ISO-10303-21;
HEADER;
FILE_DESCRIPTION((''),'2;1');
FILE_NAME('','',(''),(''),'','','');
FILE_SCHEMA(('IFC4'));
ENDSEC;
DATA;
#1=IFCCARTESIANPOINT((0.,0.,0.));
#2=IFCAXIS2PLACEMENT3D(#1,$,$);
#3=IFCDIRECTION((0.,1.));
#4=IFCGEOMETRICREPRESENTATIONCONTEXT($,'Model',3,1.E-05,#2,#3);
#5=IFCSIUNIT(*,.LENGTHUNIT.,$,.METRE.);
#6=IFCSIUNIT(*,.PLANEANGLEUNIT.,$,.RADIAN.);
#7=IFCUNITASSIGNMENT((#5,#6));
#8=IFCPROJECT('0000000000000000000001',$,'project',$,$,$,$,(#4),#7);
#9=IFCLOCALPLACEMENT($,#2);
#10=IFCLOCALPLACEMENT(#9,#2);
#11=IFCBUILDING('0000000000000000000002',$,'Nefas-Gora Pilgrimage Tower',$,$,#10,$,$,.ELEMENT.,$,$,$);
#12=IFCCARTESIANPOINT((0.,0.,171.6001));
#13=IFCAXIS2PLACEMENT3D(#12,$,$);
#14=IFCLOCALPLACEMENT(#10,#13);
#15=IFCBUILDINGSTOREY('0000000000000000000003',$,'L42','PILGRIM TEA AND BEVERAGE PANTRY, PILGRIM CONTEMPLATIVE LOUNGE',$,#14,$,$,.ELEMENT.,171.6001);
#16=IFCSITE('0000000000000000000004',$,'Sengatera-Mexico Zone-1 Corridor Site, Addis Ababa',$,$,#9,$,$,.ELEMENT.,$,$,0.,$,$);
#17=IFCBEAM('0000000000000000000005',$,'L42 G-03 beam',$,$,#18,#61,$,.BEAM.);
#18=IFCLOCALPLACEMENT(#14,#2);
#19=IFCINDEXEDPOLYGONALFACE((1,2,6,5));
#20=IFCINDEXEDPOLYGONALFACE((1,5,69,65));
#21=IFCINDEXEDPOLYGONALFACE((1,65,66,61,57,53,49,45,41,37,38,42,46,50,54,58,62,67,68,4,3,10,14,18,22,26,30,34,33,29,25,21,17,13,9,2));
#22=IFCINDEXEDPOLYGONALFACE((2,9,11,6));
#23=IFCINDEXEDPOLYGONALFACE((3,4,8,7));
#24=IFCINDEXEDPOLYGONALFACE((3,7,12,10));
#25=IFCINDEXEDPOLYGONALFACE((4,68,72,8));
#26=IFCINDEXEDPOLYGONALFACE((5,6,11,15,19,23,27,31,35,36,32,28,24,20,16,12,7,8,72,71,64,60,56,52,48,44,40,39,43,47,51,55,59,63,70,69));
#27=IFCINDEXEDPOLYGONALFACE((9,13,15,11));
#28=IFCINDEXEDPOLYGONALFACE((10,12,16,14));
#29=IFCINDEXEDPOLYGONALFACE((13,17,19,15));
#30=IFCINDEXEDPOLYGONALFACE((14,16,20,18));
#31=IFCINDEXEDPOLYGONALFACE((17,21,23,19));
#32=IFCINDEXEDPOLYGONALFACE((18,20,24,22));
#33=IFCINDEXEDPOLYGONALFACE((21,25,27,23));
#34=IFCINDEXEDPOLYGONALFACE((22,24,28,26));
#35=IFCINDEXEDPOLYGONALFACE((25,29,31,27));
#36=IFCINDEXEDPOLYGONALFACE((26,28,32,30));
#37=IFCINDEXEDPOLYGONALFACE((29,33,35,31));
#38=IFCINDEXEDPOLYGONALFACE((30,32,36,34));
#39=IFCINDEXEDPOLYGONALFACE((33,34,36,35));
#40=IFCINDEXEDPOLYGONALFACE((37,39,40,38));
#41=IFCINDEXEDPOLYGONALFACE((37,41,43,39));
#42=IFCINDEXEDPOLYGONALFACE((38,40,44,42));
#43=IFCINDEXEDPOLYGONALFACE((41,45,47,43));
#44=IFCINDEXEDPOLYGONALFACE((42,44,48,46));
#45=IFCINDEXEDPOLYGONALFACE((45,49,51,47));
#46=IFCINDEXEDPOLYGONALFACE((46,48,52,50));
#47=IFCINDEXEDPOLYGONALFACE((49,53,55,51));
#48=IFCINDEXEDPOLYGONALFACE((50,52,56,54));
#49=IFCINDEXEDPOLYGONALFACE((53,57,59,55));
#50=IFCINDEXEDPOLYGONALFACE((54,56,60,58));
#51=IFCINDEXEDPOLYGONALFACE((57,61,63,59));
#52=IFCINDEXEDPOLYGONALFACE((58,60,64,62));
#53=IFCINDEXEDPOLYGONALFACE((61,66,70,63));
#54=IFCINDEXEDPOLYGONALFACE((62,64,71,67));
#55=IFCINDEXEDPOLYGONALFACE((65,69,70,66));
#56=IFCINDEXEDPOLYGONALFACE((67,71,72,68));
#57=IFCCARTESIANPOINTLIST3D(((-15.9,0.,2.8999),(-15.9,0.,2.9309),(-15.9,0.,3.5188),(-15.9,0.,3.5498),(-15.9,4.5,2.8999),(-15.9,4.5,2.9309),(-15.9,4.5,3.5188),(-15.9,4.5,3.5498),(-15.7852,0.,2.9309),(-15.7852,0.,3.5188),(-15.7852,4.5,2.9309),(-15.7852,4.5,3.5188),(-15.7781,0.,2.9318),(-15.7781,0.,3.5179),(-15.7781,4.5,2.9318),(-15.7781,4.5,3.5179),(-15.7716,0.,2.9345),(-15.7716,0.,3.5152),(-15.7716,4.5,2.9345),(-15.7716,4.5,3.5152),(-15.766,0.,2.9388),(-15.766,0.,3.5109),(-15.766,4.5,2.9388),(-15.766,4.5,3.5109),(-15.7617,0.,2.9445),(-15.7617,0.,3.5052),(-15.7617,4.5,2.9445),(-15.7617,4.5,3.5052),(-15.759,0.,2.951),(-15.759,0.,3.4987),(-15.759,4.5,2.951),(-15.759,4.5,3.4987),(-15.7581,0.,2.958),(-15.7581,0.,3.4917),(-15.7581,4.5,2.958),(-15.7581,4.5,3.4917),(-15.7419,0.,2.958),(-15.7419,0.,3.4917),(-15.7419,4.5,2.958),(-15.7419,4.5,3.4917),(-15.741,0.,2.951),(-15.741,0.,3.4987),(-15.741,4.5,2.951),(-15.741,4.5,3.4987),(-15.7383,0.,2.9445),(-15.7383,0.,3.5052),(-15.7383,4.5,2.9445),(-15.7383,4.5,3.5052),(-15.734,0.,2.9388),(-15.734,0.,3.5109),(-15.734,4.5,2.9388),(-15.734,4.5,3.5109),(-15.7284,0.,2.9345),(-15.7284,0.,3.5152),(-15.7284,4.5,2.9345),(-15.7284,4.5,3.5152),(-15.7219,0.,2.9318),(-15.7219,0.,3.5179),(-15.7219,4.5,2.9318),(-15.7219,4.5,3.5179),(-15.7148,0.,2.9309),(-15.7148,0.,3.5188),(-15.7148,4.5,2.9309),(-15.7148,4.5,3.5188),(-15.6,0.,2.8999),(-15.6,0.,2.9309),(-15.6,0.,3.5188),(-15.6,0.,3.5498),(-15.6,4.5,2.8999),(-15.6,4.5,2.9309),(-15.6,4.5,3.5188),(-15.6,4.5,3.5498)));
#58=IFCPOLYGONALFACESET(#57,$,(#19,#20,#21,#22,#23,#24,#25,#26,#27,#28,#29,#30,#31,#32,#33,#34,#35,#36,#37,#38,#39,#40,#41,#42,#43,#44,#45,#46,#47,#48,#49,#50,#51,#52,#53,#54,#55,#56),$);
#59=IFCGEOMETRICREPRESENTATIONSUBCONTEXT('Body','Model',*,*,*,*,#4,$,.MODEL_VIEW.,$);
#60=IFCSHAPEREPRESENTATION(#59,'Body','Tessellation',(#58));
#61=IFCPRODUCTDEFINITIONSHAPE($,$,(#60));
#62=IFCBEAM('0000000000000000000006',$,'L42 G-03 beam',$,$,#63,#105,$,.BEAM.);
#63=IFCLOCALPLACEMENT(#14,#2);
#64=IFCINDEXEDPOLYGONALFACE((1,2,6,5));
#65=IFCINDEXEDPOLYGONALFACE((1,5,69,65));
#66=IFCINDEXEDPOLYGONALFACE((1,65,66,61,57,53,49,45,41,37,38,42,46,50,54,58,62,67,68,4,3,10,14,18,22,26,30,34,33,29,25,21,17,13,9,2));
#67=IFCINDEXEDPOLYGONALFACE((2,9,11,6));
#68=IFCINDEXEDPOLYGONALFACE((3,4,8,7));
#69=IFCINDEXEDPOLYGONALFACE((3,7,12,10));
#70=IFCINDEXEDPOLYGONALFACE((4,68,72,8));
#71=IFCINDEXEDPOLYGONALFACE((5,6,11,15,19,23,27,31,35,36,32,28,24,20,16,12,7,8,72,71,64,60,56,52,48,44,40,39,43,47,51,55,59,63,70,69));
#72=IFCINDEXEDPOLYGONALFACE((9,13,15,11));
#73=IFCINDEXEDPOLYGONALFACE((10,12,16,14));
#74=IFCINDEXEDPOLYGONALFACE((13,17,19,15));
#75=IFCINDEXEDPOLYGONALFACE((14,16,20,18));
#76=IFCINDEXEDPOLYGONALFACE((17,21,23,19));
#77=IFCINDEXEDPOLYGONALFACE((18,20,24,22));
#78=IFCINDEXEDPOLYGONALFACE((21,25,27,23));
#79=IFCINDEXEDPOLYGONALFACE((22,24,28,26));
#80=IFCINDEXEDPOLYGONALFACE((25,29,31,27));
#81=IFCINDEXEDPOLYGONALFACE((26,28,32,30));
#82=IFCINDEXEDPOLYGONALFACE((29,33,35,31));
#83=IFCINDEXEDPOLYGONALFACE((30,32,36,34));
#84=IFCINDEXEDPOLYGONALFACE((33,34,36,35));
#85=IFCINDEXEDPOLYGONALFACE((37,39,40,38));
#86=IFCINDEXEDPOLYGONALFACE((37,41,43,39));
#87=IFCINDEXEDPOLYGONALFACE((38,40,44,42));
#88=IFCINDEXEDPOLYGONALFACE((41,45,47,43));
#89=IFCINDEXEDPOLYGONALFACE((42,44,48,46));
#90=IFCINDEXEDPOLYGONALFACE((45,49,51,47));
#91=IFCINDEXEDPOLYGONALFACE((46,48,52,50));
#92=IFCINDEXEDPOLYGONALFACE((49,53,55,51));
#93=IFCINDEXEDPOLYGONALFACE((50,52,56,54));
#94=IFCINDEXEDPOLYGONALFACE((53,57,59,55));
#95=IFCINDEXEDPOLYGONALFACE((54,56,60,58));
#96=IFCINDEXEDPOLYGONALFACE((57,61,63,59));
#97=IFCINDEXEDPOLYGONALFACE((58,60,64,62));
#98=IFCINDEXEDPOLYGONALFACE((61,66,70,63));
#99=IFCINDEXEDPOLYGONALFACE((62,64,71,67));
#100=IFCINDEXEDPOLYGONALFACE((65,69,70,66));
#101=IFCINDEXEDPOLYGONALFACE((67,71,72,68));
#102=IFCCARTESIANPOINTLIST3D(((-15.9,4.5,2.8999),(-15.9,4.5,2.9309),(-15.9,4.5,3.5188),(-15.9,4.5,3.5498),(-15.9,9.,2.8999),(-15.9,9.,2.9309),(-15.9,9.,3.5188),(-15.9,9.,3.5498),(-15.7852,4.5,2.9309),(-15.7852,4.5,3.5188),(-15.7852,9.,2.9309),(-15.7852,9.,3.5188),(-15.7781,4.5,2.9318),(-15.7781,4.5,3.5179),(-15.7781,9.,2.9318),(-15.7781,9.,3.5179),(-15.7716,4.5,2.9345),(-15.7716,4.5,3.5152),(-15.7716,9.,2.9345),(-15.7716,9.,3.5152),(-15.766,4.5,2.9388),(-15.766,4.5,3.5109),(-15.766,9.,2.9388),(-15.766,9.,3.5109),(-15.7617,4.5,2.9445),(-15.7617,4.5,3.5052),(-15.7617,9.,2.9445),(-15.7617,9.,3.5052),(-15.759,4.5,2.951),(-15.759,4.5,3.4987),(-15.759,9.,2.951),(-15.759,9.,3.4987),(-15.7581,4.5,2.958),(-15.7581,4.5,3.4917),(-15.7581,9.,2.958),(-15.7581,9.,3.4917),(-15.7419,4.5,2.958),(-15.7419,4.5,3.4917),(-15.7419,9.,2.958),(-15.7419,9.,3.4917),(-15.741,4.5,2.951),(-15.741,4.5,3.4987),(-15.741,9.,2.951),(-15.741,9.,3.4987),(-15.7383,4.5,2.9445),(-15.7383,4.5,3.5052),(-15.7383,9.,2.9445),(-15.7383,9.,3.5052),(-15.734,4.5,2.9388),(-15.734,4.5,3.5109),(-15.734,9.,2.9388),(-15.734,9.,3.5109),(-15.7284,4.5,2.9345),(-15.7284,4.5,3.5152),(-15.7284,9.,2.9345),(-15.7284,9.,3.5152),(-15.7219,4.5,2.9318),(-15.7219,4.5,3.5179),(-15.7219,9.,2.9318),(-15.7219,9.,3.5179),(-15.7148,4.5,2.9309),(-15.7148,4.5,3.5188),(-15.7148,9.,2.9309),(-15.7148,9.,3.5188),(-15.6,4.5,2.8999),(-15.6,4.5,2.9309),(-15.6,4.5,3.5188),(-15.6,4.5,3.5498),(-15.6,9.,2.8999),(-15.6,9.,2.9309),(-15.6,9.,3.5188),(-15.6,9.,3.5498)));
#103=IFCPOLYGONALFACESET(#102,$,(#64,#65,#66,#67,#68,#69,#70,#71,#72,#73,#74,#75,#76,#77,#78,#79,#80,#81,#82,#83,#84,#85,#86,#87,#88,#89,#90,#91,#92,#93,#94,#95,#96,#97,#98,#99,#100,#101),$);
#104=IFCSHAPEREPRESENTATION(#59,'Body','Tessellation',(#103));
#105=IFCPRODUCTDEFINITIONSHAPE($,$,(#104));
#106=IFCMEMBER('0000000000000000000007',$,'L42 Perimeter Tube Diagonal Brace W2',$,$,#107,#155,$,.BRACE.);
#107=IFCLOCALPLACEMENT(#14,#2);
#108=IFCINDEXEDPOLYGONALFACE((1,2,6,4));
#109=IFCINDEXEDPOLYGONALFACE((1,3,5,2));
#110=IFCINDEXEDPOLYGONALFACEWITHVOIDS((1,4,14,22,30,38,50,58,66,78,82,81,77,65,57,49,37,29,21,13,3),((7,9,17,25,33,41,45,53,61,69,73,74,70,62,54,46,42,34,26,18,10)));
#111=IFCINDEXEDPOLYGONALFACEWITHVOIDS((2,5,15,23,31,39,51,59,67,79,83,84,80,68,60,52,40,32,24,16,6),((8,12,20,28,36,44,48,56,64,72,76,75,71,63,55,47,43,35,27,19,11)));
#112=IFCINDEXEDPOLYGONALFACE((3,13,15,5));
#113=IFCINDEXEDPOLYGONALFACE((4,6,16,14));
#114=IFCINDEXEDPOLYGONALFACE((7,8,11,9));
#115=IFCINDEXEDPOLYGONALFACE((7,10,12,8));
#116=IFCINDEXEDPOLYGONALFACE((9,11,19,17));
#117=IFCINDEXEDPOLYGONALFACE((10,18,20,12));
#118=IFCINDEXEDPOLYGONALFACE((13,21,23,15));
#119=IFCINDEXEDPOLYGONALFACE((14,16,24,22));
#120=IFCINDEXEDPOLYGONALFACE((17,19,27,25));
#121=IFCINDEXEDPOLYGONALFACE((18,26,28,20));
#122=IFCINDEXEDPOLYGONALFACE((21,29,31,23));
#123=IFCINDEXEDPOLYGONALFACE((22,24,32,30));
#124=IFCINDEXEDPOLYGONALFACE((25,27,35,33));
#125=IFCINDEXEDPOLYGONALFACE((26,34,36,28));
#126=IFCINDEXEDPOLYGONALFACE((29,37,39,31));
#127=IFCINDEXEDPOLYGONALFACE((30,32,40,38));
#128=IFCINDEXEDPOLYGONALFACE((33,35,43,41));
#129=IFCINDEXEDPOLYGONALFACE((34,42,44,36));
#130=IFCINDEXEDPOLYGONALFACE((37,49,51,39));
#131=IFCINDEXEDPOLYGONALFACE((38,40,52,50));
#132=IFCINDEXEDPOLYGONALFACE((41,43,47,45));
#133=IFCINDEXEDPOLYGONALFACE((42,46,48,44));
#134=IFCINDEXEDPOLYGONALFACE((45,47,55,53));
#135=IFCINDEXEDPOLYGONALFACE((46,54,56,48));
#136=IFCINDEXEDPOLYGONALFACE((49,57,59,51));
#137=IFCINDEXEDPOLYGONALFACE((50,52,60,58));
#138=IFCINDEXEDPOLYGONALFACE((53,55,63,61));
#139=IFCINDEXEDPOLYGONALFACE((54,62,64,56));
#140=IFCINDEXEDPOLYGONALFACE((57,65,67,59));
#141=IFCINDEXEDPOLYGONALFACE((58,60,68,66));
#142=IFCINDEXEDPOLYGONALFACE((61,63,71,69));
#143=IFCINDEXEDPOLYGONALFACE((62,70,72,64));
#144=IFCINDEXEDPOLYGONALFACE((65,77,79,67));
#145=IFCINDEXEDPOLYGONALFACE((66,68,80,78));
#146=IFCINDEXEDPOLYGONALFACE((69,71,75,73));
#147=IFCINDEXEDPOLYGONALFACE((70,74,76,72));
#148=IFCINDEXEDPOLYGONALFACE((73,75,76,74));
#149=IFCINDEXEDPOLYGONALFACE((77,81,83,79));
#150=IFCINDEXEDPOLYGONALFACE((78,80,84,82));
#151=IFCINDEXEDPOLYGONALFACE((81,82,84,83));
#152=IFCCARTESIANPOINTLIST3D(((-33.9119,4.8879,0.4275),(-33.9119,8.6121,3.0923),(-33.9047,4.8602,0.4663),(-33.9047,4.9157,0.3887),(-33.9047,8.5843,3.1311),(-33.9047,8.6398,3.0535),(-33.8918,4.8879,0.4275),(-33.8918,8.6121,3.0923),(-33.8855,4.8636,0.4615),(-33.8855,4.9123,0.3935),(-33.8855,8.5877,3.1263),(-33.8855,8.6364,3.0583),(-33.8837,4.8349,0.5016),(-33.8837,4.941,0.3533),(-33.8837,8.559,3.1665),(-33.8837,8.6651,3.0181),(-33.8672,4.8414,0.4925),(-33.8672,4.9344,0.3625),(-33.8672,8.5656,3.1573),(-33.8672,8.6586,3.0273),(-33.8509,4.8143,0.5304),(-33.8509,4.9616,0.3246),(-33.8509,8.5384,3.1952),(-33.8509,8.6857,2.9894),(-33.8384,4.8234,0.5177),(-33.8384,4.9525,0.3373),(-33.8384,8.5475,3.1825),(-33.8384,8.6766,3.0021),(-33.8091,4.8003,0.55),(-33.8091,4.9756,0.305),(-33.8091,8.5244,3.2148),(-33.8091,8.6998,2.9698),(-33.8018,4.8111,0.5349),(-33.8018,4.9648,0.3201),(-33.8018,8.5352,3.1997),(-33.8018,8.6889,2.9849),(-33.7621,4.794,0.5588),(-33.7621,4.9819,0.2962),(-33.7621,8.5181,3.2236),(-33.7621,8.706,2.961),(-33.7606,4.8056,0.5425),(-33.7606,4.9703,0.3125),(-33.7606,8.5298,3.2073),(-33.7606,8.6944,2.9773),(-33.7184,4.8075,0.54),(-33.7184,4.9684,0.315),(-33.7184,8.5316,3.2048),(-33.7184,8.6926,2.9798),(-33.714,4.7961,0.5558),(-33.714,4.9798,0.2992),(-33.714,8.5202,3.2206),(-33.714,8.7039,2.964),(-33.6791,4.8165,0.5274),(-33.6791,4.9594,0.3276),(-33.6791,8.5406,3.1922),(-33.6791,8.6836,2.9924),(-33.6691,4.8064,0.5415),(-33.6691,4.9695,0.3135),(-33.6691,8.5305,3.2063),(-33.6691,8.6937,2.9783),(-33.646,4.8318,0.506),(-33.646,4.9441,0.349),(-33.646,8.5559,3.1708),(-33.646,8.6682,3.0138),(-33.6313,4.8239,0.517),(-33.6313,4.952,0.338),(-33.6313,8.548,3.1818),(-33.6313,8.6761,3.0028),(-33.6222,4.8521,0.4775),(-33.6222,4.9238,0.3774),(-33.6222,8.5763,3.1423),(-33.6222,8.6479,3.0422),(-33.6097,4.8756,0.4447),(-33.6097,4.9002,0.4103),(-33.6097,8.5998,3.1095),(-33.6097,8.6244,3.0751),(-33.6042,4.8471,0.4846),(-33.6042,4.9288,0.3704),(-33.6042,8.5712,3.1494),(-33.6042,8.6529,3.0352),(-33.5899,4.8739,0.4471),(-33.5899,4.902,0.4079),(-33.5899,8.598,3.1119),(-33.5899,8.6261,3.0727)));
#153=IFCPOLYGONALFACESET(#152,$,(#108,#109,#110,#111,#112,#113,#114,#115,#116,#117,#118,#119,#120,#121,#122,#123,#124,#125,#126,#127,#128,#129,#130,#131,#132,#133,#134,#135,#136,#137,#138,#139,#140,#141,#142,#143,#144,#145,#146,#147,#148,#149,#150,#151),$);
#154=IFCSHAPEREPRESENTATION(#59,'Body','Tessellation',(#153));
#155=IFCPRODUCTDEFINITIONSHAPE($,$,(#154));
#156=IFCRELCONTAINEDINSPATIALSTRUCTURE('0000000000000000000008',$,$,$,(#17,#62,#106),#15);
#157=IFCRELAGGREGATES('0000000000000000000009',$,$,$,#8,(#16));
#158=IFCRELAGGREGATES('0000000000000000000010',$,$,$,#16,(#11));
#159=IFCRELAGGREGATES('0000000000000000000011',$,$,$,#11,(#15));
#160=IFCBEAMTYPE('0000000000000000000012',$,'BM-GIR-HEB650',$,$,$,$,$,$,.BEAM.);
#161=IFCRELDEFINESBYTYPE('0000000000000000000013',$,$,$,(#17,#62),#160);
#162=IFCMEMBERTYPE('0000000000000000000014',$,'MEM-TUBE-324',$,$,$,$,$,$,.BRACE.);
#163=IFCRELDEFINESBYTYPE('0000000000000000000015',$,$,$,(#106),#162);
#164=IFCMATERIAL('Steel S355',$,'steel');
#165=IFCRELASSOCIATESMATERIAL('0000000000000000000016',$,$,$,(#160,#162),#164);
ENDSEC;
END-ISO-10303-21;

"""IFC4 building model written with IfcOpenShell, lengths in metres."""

from ifc_helpers import new_model, si_unit, direction, frame, origin, origin_2d, place, context, subcontext, project, spatial, hollow_circle, i_section, extrude, source, transform, mapped, material, material_profile, profile_set, type_object, element, save


model = new_model("IFC4")

# Units and contexts
model_context = context("Model", 3, precision=1e-05, world=origin(), true_north=direction((0.0, 1.0)))
body_context = subcontext(model_context, "Body", "Model", "MODEL_VIEW")
ifc_project = project(units=[si_unit("LENGTHUNIT", "METRE"), si_unit("PLANEANGLEUNIT", "RADIAN")], contexts=[model_context])

# Site, building, storey
site_placement = place(None, origin())
site = spatial("IfcSite", under=ifc_project, at=site_placement, Name="Sengatera-Mexico Zone-1 Corridor Site, Addis Ababa", CompositionType="ELEMENT", RefElevation=0.0)
building_placement = place(site_placement, origin())
building = spatial("IfcBuilding", under=site, at=building_placement, Name="Nefas-Gora Pilgrimage Tower", CompositionType="ELEMENT")
storey_placement = place(building_placement, frame((0.0, 0.0, 171.6001)))
storey = spatial("IfcBuildingStorey", under=building, at=storey_placement, Name="L42", Description="PILGRIM TEA AND BEVERAGE PANTRY, PILGRIM CONTEMPLATIVE LOUNGE", CompositionType="ELEMENT", Elevation=171.6001)

# Beams
ifc_material_1 = material(Name="Steel S355", Category="steel")
ifc_material_profile_1 = material_profile(ifc_material_1, i_section(OverallWidth=0.3, OverallDepth=0.6499, WebThickness=0.0161, FlangeThickness=0.031, FilletRadius=0.0271, at=origin_2d()), Name="HEB 650")
ifc_profile_set_1 = profile_set([ifc_material_profile_1], Name="Steel S355")
beam_type_1 = type_object("IfcBeamType", Name="BM-GIR-HEB650", PredefinedType="BEAM", material=ifc_profile_set_1)
shared_shape_1 = source(origin(), body_context, "Body", "SweptSolid", [
    extrude(i_section(OverallWidth=0.3, OverallDepth=0.6499, WebThickness=0.0161, FlangeThickness=0.031, FilletRadius=0.0271, at=origin_2d()), origin(), (0.0, 0.0, 1.0), 4.5),
])
for number, where, z_axis, x_axis, name in (
    (1, (-15.75, 0.0, 3.2249), (0.0, 1.0, 0.0), (-1.0, 0.0, 0.0), "L42 G-03 beam"),
    (2, (-15.75, 4.5, 3.2249), (0.0, 1.0, 0.0), (-1.0, 0.0, 0.0), "L42 G-03 beam"),
):
    element("IfcBeam", number, at=place(storey_placement, frame(where, z_axis=z_axis, x_axis=x_axis)), inside=storey, type_object=beam_type_1, Name=name, PredefinedType="BEAM", context=body_context, shape_type="MappedRepresentation", body=[
        mapped(shared_shape_1, transform((0.0, 0.0, 0.0), x_axis=(1.0, 0.0, 0.0), y_axis=(0.0, 1.0, 0.0), z_axis=(0.0, 0.0, 1.0), scale=1.0)),
    ])

# Member
ifc_material_profile_2 = material_profile(ifc_material_1, hollow_circle(Radius=0.1619, WallThickness=0.02, at=origin_2d()), Name="CHS 323.9x20")
ifc_profile_set_2 = profile_set([ifc_material_profile_2], Name="Steel S355")
member_type_1 = type_object("IfcMemberType", Name="MEM-TUBE-324", PredefinedType="BRACE", material=ifc_profile_set_2)
shared_shape_2 = source(origin(), body_context, "Body", "SweptSolid", [
    extrude(hollow_circle(Radius=0.1619, WallThickness=0.02, at=origin_2d()), origin(), (0.0, 0.0, 1.0), 4.5793),
])
member_1_placement = place(storey_placement, frame((-33.75, 4.8879, 0.4275), z_axis=(0.0, 0.813247, 0.581919), x_axis=(-1.0, 0.0, 0.0)))
element("IfcMember", 3, at=member_1_placement, inside=storey, type_object=member_type_1, Name="L42 Perimeter Tube Diagonal Brace W2", PredefinedType="BRACE", context=body_context, shape_type="MappedRepresentation", body=[
    mapped(shared_shape_2, transform((0.0, 0.0, 0.0), x_axis=(1.0, 0.0, 0.0), y_axis=(0.0, 1.0, 0.0), z_axis=(0.0, 0.0, 1.0), scale=1.0)),
])

save(model, "model.ifc")
